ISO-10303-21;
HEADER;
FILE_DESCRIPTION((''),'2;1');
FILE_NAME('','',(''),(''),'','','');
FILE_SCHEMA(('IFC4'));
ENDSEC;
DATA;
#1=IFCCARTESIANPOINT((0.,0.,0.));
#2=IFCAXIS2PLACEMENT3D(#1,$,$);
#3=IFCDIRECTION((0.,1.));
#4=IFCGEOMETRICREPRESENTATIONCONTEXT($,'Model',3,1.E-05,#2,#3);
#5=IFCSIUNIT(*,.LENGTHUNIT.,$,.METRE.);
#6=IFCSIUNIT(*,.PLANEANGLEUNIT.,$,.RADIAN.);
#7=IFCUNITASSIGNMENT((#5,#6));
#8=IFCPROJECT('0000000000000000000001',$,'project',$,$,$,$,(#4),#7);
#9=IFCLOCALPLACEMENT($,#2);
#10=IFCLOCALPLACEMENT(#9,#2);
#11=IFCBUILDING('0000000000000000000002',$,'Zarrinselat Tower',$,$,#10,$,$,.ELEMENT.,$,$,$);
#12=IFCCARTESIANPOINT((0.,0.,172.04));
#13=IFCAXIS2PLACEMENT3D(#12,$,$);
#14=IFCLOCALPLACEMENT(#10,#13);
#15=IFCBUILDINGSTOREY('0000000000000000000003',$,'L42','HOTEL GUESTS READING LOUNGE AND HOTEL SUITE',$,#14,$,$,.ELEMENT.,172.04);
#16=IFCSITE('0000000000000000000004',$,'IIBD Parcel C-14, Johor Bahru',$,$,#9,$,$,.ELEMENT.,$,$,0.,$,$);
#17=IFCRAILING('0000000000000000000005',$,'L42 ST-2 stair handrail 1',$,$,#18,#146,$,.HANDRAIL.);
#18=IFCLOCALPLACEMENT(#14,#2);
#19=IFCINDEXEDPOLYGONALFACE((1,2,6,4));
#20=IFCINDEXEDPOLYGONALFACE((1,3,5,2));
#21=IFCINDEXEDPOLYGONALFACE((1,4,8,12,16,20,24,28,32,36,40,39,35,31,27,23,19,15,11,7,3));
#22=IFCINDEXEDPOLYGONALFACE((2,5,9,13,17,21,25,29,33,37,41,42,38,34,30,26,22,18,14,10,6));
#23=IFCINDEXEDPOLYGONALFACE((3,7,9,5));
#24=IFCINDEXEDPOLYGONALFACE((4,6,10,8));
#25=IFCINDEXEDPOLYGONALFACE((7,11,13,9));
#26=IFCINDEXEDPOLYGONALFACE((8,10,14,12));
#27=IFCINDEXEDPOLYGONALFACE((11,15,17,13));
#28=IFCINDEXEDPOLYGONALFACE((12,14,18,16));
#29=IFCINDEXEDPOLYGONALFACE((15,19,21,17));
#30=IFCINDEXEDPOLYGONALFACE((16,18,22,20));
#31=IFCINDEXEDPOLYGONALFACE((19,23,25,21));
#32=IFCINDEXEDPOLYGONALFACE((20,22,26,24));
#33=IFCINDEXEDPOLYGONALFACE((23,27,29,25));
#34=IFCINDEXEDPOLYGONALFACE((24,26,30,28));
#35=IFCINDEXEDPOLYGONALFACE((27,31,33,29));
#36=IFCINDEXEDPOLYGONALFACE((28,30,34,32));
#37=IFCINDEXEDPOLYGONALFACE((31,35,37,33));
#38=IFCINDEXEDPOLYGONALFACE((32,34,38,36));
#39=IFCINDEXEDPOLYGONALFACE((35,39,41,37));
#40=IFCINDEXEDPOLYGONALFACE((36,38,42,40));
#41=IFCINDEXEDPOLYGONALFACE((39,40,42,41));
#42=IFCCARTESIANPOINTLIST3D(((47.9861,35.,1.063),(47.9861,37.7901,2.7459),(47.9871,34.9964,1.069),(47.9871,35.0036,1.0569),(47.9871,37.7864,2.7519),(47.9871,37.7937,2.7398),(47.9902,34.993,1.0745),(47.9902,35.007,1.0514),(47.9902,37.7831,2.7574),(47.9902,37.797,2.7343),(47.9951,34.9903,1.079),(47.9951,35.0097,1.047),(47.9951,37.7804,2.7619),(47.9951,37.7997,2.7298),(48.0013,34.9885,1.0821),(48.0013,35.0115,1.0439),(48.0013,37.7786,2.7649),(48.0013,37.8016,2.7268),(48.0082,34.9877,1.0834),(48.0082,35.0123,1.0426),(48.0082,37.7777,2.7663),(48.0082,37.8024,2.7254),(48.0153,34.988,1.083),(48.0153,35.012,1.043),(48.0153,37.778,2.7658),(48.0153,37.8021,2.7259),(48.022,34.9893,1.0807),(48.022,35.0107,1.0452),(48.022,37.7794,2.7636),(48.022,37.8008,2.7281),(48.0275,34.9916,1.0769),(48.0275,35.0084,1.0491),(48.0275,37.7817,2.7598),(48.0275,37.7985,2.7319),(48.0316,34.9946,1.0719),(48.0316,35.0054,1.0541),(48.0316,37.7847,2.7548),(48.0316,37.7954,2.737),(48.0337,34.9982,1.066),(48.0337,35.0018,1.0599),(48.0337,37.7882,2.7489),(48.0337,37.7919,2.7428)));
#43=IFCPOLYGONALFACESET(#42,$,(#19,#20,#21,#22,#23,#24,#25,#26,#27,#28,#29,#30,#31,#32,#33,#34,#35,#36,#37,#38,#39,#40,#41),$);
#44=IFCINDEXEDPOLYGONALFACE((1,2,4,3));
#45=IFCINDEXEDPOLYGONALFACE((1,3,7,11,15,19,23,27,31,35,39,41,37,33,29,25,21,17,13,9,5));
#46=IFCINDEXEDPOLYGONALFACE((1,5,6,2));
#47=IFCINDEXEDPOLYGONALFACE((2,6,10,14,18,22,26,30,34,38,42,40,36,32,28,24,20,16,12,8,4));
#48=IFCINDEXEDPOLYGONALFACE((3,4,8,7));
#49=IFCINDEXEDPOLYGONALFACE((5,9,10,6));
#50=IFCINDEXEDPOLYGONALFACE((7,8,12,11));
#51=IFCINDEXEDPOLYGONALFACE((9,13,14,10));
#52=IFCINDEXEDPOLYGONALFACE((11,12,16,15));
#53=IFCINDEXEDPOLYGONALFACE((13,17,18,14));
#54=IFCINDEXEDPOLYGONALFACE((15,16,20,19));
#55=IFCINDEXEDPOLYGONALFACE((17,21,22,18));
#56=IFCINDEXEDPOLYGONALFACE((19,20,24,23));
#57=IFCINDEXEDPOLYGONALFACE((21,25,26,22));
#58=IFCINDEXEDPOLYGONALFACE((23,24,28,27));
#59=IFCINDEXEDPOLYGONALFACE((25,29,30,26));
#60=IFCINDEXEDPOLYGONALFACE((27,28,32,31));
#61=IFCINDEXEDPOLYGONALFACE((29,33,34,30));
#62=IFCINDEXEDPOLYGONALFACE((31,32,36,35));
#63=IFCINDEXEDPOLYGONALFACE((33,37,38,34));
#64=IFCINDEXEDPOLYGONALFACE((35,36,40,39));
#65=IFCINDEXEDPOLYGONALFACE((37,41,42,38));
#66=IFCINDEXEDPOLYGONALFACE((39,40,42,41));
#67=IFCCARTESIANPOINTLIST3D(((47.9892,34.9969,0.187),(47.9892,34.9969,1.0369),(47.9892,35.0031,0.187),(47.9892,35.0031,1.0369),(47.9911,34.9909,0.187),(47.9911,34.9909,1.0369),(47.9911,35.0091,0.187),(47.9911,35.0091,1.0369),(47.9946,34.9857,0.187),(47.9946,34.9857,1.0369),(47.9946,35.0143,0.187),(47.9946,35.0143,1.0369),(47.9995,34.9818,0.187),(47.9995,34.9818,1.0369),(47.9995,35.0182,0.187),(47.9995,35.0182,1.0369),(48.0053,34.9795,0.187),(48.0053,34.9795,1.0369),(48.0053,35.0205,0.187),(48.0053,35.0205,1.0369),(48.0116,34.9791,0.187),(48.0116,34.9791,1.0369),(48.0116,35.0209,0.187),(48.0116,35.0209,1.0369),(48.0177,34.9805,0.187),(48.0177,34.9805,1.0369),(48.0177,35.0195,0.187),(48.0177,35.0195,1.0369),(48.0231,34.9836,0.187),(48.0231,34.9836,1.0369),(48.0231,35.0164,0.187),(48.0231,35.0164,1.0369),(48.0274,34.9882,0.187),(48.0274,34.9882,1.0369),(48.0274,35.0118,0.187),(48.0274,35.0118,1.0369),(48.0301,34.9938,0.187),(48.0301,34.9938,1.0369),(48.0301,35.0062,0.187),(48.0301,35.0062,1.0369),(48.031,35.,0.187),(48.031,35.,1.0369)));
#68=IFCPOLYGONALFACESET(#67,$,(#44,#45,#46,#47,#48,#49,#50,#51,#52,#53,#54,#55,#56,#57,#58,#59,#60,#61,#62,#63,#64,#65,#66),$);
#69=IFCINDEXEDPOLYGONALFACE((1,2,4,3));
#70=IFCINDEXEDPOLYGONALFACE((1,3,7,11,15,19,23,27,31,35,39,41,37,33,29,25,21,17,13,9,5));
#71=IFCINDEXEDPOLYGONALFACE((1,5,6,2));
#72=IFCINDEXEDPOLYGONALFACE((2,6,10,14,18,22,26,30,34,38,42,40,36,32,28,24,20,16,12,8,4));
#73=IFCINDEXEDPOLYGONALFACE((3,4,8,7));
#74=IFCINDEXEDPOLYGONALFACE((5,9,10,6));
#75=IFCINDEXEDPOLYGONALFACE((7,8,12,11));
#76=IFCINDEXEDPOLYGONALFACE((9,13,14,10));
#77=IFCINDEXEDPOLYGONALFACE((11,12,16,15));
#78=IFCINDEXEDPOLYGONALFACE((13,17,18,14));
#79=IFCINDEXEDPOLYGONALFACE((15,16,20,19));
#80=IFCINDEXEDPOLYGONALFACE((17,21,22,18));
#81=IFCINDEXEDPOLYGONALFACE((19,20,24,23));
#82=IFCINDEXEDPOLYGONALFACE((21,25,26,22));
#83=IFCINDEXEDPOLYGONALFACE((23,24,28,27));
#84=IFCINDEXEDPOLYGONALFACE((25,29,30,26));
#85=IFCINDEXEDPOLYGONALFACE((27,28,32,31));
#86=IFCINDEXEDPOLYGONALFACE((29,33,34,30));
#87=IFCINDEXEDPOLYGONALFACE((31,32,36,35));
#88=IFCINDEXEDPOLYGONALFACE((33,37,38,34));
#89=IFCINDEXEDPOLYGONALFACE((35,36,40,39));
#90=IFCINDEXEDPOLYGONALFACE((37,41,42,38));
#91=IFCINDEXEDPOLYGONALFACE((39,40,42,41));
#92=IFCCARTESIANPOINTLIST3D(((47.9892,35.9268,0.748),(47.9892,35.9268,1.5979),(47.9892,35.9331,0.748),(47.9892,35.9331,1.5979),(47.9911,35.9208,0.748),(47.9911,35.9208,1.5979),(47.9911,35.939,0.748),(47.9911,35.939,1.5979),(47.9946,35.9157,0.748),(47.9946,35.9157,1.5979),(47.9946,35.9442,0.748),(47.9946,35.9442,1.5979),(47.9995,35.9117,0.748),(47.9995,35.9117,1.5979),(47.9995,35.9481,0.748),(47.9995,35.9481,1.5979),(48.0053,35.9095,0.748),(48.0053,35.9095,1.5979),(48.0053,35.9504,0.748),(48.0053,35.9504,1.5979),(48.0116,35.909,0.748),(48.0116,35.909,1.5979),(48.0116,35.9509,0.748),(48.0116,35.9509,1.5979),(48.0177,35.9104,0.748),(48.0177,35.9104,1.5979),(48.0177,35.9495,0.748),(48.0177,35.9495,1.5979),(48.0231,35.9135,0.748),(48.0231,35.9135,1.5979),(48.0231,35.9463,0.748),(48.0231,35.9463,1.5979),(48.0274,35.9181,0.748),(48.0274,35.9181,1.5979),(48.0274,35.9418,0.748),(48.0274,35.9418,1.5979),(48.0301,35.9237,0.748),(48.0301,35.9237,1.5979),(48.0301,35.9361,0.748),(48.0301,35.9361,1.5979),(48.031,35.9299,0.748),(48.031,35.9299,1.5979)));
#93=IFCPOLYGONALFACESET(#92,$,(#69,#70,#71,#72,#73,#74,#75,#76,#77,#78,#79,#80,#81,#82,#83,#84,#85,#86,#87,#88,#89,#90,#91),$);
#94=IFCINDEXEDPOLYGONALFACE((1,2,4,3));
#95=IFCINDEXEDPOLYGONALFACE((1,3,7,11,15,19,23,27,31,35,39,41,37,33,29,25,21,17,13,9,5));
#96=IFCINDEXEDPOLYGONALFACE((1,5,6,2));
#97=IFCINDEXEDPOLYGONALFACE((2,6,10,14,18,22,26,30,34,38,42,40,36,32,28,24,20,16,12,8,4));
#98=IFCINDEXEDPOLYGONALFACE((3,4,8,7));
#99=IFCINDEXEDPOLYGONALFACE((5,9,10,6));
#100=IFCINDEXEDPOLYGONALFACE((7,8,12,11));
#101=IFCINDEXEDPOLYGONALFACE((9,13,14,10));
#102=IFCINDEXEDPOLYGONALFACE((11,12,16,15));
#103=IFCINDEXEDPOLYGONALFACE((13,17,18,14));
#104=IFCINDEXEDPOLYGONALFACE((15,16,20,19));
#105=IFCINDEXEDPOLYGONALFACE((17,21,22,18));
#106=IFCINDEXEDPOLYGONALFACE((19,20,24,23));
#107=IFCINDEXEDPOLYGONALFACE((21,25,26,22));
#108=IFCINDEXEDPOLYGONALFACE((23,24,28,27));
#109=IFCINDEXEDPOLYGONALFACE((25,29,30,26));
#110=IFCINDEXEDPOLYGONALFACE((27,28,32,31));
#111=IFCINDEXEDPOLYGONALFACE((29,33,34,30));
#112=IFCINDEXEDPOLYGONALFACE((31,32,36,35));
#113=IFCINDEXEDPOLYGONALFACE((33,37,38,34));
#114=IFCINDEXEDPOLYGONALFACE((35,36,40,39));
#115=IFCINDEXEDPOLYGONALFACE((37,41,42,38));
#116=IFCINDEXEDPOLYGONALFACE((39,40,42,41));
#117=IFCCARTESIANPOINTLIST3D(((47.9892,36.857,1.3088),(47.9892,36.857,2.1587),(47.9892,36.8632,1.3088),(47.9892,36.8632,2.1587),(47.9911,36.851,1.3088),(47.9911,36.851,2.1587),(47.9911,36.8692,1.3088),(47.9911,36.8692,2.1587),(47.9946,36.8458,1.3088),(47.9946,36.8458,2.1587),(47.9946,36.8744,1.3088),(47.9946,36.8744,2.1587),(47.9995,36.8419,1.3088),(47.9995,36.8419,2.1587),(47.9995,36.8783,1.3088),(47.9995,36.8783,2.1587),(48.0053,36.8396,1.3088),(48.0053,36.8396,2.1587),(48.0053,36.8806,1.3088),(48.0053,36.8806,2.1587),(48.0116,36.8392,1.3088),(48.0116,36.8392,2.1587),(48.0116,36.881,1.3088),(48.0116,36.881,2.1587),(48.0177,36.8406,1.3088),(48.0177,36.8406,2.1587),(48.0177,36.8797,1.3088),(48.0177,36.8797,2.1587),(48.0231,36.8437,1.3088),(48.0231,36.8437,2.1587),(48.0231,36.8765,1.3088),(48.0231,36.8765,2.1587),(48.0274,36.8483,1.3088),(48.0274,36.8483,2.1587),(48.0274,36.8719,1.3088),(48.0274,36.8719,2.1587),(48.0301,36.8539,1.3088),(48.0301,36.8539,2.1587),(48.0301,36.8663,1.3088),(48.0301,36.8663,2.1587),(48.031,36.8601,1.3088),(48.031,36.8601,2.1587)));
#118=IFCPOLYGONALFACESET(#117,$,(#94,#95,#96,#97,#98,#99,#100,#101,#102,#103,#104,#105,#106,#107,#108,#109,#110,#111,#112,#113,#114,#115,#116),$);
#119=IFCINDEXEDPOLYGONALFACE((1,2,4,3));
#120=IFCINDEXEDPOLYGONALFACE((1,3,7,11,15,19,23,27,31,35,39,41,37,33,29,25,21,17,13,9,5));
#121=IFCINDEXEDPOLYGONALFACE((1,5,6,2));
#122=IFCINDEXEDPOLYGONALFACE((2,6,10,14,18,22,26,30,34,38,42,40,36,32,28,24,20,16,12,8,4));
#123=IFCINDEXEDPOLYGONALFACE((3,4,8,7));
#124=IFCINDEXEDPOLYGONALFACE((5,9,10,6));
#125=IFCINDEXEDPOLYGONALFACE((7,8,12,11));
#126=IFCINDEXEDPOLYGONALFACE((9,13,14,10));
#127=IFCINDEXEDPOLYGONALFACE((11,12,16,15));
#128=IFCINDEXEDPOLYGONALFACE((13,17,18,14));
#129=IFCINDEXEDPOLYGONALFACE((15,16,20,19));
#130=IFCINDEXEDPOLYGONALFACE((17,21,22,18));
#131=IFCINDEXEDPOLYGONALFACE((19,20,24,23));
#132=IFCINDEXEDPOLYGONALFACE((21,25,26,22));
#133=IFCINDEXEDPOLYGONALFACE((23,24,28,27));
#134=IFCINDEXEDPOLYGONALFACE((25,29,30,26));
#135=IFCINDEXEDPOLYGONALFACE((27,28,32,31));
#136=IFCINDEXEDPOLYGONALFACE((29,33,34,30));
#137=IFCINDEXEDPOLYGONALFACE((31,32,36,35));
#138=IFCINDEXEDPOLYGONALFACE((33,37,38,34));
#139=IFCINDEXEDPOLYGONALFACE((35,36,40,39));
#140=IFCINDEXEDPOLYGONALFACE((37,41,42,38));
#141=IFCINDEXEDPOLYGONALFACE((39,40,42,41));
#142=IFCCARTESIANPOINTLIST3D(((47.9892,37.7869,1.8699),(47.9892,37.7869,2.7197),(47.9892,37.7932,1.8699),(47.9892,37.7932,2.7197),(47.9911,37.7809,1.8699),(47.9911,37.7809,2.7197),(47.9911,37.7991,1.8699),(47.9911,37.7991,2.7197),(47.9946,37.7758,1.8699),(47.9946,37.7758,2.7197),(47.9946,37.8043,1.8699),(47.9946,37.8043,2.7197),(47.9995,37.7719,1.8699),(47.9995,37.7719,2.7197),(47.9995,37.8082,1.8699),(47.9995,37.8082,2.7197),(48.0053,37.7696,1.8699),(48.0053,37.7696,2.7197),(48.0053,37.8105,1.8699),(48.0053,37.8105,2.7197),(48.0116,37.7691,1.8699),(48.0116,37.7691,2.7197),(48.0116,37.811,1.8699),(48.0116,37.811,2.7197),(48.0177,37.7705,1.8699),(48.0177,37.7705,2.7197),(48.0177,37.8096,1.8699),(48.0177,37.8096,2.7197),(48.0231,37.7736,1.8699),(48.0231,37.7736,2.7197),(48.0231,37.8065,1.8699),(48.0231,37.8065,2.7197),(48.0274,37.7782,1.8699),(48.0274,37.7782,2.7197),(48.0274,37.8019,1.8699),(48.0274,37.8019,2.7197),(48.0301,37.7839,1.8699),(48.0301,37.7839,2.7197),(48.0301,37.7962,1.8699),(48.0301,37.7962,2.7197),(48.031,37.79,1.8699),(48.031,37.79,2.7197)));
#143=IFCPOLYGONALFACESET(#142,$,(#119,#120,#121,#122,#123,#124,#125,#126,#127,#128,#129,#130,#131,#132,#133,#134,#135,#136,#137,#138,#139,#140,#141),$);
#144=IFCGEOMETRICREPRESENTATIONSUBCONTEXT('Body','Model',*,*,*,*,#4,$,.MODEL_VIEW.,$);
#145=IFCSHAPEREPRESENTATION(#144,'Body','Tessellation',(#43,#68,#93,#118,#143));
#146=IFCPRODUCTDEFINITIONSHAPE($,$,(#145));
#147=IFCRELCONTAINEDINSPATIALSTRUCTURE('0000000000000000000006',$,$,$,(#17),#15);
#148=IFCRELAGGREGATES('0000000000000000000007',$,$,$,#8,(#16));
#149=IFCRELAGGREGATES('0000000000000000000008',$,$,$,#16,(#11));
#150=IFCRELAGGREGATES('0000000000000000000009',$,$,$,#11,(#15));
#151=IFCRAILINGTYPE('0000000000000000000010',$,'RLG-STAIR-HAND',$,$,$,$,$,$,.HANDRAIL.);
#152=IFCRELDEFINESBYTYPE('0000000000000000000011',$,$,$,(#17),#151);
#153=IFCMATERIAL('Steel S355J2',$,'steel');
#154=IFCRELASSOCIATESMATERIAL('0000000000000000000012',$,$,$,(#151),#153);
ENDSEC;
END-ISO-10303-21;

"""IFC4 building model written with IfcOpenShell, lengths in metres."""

from ifc_helpers import new_model, si_unit, direction, frame, origin, origin_2d, place, context, subcontext, project, spatial, circle, extrude, material, type_object, element, save


model = new_model("IFC4")

# Units and contexts
model_context = context("Model", 3, precision=1e-05, world=origin(), true_north=direction((0.0, 1.0)))
body_context = subcontext(model_context, "Body", "Model", "MODEL_VIEW")
ifc_project = project(units=[si_unit("LENGTHUNIT", "METRE"), si_unit("PLANEANGLEUNIT", "RADIAN")], contexts=[model_context])

# Site, building, storey
site_placement = place(None, origin())
site = spatial("IfcSite", under=ifc_project, at=site_placement, Name="IIBD Parcel C-14, Johor Bahru", CompositionType="ELEMENT", RefElevation=0.0)
building_placement = place(site_placement, origin())
building = spatial("IfcBuilding", under=site, at=building_placement, Name="Zarrinselat Tower", CompositionType="ELEMENT")
storey_placement = place(building_placement, frame((0.0, 0.0, 172.04)))
storey = spatial("IfcBuildingStorey", under=building, at=storey_placement, Name="L42", Description="HOTEL GUESTS READING LOUNGE AND HOTEL SUITE", CompositionType="ELEMENT", Elevation=172.04)

# Railing
ifc_material_1 = material(Name="Steel S355J2", Category="steel")
railing_type_1 = type_object("IfcRailingType", Name="RLG-STAIR-HAND", PredefinedType="HANDRAIL", material=ifc_material_1)
railing_1_placement = place(storey_placement, frame((48.01, 35.0, 0.187)))
element("IfcRailing", 1, at=railing_1_placement, inside=storey, type_object=railing_type_1, Name="L42 ST-2 stair handrail 1", PredefinedType="HANDRAIL", context=body_context, shape_type="SweptSolid", body=[
    extrude(circle(Radius=0.0239, at=origin_2d()), frame((0.0, 0.0, 0.876), z_axis=(0.0, 0.856294, 0.516489), x_axis=(-1.0, 0.0, 0.0)), (0.0, 0.0, 1.0), 3.2583),
    extrude(circle(Radius=0.021, at=origin_2d()), origin(), (0.0, 0.0, 1.0), 0.8499),
    extrude(circle(Radius=0.021, at=origin_2d()), frame((0.0, 0.9299, 0.561)), (0.0, 0.0, 1.0), 0.8499),
    extrude(circle(Radius=0.021, at=origin_2d()), frame((0.0, 1.8601, 1.1218)), (0.0, 0.0, 1.0), 0.8499),
    extrude(circle(Radius=0.021, at=origin_2d()), frame((0.0, 2.79, 1.6829)), (0.0, 0.0, 1.0), 0.8499),
])

save(model, "model.ifc")
